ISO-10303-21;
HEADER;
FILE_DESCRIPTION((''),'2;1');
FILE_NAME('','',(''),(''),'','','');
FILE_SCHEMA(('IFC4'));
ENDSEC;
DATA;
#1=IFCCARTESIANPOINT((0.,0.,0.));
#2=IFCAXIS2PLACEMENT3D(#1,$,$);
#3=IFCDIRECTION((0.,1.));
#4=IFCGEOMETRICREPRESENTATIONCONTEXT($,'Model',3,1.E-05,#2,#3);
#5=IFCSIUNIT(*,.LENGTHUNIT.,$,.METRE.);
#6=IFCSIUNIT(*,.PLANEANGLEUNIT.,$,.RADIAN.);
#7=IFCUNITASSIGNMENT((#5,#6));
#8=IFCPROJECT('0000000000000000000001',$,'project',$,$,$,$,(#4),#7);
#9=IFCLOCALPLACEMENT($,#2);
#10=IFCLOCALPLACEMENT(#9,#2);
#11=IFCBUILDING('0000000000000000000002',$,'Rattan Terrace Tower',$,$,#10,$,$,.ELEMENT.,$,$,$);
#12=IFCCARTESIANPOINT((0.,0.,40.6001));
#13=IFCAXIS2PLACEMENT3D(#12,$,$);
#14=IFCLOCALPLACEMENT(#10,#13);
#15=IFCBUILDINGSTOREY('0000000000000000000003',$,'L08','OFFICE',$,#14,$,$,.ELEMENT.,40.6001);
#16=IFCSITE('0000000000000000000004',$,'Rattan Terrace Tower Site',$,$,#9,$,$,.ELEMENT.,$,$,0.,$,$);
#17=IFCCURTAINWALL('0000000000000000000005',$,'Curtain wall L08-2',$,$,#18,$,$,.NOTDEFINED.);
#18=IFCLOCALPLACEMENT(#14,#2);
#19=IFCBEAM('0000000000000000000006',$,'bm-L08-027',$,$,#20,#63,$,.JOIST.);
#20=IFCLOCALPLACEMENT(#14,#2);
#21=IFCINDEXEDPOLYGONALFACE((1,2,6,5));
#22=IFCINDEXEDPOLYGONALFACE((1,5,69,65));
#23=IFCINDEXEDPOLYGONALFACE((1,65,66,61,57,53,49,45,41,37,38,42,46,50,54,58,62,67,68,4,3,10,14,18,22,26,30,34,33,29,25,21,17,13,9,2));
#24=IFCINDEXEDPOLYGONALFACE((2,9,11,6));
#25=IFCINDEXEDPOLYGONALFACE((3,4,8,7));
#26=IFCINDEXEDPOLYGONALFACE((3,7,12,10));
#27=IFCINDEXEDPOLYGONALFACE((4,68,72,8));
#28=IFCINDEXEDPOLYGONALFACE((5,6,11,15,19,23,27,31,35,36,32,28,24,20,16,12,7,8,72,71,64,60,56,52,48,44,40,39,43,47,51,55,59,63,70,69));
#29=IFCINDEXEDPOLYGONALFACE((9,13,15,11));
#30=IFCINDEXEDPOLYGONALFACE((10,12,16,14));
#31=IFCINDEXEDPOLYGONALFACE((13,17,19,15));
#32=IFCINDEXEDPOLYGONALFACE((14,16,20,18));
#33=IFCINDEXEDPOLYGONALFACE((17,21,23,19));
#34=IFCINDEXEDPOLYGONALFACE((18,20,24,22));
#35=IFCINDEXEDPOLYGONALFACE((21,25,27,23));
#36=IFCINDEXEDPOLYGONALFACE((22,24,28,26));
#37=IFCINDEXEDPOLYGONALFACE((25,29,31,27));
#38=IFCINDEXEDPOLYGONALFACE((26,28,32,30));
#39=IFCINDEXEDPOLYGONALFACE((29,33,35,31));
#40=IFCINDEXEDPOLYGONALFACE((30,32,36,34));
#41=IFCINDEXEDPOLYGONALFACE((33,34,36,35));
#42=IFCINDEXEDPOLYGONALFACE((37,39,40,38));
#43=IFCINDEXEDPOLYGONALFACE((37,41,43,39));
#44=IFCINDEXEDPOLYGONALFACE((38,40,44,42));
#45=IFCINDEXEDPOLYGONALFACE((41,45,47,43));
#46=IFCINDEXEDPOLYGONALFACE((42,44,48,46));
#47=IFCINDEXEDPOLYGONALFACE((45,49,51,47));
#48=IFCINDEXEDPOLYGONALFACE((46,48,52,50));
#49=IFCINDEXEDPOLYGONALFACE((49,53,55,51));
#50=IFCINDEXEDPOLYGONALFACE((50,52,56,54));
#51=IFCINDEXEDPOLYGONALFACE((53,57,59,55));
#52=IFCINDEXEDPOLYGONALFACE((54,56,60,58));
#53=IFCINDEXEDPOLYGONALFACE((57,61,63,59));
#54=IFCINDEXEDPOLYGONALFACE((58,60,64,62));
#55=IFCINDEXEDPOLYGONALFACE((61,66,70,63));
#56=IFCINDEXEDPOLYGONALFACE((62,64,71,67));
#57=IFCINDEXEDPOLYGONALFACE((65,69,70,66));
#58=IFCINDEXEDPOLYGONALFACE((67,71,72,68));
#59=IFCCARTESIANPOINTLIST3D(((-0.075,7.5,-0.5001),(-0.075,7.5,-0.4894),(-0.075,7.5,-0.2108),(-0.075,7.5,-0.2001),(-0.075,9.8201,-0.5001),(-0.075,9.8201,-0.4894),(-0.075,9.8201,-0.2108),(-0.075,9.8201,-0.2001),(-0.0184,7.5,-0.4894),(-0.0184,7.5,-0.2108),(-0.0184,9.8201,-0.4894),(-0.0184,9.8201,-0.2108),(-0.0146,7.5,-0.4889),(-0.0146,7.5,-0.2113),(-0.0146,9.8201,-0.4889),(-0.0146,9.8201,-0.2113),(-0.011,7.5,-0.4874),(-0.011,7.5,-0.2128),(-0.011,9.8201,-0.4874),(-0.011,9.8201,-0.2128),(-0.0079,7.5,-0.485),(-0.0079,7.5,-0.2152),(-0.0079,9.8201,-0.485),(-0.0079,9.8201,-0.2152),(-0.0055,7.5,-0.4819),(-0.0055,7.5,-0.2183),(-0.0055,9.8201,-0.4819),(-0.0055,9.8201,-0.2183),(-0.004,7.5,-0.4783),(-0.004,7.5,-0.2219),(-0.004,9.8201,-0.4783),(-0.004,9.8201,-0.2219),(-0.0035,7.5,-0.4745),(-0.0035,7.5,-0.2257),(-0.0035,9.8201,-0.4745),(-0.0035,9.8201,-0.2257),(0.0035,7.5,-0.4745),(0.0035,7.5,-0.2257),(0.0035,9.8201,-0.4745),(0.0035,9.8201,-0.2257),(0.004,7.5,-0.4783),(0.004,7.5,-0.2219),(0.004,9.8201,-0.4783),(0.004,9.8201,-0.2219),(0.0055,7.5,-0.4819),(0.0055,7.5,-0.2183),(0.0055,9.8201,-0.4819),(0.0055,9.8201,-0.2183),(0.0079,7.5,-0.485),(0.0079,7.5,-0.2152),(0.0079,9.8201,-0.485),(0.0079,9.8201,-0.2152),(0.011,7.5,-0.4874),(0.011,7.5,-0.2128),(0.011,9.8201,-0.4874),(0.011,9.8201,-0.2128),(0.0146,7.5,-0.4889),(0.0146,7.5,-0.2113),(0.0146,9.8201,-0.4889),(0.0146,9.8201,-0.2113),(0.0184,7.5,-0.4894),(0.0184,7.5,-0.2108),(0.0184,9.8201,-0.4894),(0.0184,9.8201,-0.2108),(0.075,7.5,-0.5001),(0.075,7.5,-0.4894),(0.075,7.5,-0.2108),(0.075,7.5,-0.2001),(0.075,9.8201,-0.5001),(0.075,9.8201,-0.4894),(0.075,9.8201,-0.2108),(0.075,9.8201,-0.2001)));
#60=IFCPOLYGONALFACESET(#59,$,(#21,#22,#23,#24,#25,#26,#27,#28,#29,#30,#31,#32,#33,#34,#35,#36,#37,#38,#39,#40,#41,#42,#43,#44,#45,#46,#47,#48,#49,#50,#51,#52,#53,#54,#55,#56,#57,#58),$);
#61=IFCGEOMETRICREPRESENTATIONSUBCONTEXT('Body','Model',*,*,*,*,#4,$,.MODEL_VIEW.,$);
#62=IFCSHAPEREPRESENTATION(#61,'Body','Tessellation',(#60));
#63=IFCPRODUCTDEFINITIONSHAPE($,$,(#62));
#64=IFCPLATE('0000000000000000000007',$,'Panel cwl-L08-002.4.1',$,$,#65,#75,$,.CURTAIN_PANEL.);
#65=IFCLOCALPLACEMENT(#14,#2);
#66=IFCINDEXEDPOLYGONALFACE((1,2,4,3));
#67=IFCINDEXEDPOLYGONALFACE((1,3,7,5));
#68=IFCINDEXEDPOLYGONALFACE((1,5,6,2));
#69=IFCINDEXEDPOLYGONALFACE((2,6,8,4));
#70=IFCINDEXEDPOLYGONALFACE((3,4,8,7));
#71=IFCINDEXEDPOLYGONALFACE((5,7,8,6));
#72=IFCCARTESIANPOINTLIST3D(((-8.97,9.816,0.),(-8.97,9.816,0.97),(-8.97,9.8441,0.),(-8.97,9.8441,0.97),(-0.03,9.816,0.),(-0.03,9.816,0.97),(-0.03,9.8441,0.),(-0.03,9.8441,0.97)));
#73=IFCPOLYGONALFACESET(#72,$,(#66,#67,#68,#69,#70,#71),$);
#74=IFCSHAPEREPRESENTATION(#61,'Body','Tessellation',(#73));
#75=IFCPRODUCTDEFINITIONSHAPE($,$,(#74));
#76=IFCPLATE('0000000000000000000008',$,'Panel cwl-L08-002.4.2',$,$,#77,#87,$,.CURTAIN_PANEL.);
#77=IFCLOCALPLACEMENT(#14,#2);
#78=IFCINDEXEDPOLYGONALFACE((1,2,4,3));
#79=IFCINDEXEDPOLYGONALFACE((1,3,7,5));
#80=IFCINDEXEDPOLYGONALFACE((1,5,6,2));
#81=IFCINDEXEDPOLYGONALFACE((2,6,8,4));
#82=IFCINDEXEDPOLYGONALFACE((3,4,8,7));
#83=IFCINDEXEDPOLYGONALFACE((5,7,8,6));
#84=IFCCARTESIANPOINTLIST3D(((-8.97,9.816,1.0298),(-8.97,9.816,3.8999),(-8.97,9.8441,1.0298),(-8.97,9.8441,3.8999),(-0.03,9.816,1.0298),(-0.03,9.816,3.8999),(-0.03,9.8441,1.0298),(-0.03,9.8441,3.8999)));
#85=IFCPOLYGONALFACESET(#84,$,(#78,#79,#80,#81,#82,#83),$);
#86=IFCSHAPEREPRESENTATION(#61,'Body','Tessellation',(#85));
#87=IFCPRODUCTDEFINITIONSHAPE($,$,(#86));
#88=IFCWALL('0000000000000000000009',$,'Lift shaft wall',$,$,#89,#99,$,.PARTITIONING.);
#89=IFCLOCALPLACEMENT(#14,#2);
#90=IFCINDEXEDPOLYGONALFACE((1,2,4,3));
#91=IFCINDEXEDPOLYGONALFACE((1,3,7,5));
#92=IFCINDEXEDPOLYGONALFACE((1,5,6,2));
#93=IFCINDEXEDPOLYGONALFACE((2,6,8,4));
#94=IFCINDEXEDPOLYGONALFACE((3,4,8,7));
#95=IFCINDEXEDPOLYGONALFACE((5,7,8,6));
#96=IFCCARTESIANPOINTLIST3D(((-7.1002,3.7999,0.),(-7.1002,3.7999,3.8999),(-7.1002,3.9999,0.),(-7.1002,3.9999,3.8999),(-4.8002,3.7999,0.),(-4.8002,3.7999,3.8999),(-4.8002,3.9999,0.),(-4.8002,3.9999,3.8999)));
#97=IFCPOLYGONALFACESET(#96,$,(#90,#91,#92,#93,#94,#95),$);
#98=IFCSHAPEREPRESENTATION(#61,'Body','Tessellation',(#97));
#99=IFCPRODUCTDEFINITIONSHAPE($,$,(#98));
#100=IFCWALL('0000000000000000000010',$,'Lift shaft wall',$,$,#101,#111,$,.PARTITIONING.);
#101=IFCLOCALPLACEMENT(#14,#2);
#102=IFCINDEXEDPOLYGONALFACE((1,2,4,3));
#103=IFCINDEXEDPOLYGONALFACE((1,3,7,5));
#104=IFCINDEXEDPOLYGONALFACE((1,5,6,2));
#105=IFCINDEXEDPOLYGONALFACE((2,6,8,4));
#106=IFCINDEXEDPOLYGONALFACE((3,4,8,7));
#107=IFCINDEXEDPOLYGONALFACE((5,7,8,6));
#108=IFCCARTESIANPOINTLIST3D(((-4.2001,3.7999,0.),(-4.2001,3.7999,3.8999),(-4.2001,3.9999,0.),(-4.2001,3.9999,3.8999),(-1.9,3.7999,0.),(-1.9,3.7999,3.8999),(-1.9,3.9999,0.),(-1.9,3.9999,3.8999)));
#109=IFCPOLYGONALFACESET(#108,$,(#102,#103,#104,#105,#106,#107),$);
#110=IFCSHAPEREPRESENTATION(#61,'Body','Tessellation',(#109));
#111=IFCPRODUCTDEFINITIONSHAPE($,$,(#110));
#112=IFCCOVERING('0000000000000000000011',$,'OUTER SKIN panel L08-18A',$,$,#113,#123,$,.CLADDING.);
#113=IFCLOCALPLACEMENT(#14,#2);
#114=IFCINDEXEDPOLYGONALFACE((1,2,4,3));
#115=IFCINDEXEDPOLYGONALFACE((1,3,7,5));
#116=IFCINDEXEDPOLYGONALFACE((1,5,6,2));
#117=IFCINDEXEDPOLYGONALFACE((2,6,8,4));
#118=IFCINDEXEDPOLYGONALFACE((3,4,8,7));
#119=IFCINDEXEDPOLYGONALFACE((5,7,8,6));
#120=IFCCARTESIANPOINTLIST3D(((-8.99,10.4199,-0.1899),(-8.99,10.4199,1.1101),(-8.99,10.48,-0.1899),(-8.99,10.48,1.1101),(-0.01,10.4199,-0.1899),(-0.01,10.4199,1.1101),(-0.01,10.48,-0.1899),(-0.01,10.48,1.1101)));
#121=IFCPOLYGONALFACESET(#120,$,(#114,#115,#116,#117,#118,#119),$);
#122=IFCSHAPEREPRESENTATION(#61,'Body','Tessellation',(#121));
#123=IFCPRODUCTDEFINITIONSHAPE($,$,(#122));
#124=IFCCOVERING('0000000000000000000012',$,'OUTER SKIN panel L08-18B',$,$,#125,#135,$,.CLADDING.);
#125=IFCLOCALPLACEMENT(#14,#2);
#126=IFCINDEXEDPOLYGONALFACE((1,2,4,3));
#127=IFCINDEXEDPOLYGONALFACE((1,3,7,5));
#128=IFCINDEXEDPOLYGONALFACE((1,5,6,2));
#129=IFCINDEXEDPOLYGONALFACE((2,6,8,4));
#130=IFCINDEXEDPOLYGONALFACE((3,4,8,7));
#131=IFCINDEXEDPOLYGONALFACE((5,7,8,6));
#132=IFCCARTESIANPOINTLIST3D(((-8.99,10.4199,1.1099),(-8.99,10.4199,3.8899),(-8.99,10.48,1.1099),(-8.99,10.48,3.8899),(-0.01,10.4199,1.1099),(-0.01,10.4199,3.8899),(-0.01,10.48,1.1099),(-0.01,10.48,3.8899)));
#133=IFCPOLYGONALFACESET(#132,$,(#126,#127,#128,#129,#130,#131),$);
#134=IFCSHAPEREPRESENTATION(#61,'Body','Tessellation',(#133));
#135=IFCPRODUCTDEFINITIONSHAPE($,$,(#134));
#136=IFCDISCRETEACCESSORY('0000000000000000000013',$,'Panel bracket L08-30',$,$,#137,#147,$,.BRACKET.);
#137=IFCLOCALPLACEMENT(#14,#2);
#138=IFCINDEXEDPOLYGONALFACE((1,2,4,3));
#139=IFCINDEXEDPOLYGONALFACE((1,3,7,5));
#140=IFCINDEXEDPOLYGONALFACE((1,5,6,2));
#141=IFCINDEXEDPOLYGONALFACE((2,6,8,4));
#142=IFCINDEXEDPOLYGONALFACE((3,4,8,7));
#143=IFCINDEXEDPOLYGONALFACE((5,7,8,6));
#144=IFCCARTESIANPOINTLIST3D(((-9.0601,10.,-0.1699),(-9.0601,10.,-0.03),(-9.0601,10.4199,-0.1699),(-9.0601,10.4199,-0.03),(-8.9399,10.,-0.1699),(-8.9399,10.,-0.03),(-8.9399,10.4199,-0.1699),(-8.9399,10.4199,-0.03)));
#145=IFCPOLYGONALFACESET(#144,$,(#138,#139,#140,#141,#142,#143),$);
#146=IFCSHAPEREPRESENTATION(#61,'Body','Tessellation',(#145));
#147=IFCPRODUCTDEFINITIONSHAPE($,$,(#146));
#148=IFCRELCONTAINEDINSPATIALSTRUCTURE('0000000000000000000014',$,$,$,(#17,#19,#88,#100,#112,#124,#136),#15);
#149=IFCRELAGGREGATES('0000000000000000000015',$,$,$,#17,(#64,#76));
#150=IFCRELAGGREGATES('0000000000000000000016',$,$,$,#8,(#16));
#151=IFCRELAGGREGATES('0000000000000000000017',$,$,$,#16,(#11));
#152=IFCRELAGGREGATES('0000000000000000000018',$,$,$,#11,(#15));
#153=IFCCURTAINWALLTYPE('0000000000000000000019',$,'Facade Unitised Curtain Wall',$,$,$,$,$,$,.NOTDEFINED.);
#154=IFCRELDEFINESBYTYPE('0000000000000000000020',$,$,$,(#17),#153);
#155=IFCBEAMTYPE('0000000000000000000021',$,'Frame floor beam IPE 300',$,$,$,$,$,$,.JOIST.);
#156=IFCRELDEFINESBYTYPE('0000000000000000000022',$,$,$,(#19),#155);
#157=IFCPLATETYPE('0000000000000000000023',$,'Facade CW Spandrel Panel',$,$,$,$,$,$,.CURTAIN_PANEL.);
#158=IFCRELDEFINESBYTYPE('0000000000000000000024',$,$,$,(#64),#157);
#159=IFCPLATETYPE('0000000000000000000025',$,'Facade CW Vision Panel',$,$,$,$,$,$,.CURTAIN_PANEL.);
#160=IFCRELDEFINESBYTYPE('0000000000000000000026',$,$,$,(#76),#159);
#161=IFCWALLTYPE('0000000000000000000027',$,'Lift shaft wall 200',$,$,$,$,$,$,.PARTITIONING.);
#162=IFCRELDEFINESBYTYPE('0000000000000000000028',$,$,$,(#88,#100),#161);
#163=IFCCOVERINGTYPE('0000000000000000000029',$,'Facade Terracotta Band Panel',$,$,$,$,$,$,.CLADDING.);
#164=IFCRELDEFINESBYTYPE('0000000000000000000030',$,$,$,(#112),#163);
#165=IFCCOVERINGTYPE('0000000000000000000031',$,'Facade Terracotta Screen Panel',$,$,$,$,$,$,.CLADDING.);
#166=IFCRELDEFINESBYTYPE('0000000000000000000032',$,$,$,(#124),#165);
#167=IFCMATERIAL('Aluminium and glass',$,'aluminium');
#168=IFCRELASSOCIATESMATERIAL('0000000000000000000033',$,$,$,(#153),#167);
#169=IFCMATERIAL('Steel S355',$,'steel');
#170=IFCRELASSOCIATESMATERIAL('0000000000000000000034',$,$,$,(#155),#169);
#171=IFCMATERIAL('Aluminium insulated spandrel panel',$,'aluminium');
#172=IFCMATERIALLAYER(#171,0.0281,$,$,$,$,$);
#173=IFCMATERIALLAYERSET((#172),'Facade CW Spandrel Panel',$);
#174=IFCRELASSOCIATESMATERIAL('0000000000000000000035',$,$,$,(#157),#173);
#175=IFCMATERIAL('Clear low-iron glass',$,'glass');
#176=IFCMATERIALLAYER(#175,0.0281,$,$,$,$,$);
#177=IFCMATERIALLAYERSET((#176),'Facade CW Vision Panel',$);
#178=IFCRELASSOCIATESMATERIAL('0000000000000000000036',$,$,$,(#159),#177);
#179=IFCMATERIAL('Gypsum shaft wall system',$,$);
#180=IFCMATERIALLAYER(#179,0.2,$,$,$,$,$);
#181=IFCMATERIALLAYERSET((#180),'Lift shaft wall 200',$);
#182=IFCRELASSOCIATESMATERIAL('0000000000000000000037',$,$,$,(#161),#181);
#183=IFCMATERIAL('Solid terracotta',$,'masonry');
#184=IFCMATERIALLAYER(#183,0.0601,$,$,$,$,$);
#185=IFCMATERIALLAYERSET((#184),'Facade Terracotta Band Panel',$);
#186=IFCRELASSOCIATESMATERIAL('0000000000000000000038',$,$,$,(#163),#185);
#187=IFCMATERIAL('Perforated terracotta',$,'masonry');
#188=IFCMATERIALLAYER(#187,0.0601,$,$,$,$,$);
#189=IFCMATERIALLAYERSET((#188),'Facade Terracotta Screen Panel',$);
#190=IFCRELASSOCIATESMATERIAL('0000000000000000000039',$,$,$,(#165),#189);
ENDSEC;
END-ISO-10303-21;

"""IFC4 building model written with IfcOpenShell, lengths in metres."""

from ifc_helpers import new_model, si_unit, direction, frame, frame_2d, origin, origin_2d, place, context, subcontext, project, spatial, rectangle, i_section, extrude, material, layer, layer_set, material_profile, profile_set, type_object, element, aggregate, save


model = new_model("IFC4")

# Units and contexts
model_context = context("Model", 3, precision=1e-05, world=origin(), true_north=direction((0.0, 1.0)))
body_context = subcontext(model_context, "Body", "Model", "MODEL_VIEW")
ifc_project = project(units=[si_unit("LENGTHUNIT", "METRE"), si_unit("PLANEANGLEUNIT", "RADIAN")], contexts=[model_context])

# Site, building, storey
site_placement = place(None, origin())
site = spatial("IfcSite", under=ifc_project, at=site_placement, Name="Rattan Terrace Tower Site", CompositionType="ELEMENT", RefElevation=0.0)
building_placement = place(site_placement, origin())
building = spatial("IfcBuilding", under=site, at=building_placement, Name="Rattan Terrace Tower", CompositionType="ELEMENT")
storey_placement = place(building_placement, frame((0.0, 0.0, 40.6001)))
storey = spatial("IfcBuildingStorey", under=building, at=storey_placement, Name="L08", Description="OFFICE", CompositionType="ELEMENT", Elevation=40.6001)

# Curtain wall
ifc_material_1 = material(Name="Aluminium and glass", Category="aluminium")
curtain_wall_type = type_object("IfcCurtainWallType", Name="Facade Unitised Curtain Wall", PredefinedType="NOTDEFINED", material=ifc_material_1)
curtain_wall_placement = place(storey_placement, origin())
curtain_wall = element("IfcCurtainWall", 1, at=curtain_wall_placement, inside=storey, type_object=curtain_wall_type, Name="Curtain wall L08-2", PredefinedType="NOTDEFINED")

# Beam
ifc_material_2 = material(Name="Steel S355", Category="steel")
ifc_material_profile_1 = material_profile(ifc_material_2, i_section(OverallWidth=0.1499, OverallDepth=0.3, WebThickness=0.0071, FlangeThickness=0.0107, FilletRadius=0.0149, at=origin_2d()), Name="IPE 300")
ifc_profile_set_1 = profile_set([ifc_material_profile_1], Name="Steel S355")
beam_type_1 = type_object("IfcBeamType", Name="Frame floor beam IPE 300", PredefinedType="JOIST", material=ifc_profile_set_1)
for number, where, z_axis, x_axis, name in (
    (2, (0.0, 7.5, -0.3501), (0.0, 1.0, 0.0), (-1.0, 0.0, 0.0), "bm-L08-027"),
):
    element("IfcBeam", number, at=place(storey_placement, frame(where, z_axis=z_axis, x_axis=x_axis)), inside=storey, type_object=beam_type_1, Name=name, PredefinedType="JOIST", context=body_context, shape_type="SweptSolid", body=[
        extrude(i_section(OverallWidth=0.1499, OverallDepth=0.3, WebThickness=0.0071, FlangeThickness=0.0107, FilletRadius=0.0149, at=origin_2d()), origin(), (0.0, 0.0, 1.0), 2.3201),
    ])

# Plates
ifc_material_3 = material(Name="Aluminium insulated spandrel panel", Category="aluminium")
ifc_layer_1 = layer(ifc_material_3, 0.0281)
ifc_layer_set_1 = layer_set([ifc_layer_1], Name="Facade CW Spandrel Panel")
plate_type_1 = type_object("IfcPlateType", Name="Facade CW Spandrel Panel", PredefinedType="CURTAIN_PANEL", material=ifc_layer_set_1)
plate_1_placement = place(storey_placement, frame((-4.5, 9.8301, 0.0), z_axis=(0.0, 0.0, 1.0), x_axis=(-1.0, 0.0, 0.0)))
plate_1 = element("IfcPlate", 3, at=plate_1_placement, type_object=plate_type_1, Name="Panel cwl-L08-002.4.1", PredefinedType="CURTAIN_PANEL", context=body_context, shape_type="SweptSolid", body=[
    extrude(rectangle(XDim=8.9399, YDim=0.0281, at=origin_2d()), origin(), (0.0, 0.0, 1.0), 0.97),
])
ifc_material_4 = material(Name="Clear low-iron glass", Category="glass")
ifc_layer_2 = layer(ifc_material_4, 0.0281)
ifc_layer_set_2 = layer_set([ifc_layer_2], Name="Facade CW Vision Panel")
plate_type_2 = type_object("IfcPlateType", Name="Facade CW Vision Panel", PredefinedType="CURTAIN_PANEL", material=ifc_layer_set_2)
plate_2_placement = place(storey_placement, frame((-4.5, 9.8301, 1.0298), z_axis=(0.0, 0.0, 1.0), x_axis=(-1.0, 0.0, 0.0)))
plate_2 = element("IfcPlate", 4, at=plate_2_placement, type_object=plate_type_2, Name="Panel cwl-L08-002.4.2", PredefinedType="CURTAIN_PANEL", context=body_context, shape_type="SweptSolid", body=[
    extrude(rectangle(XDim=8.9399, YDim=0.0281, at=origin_2d()), origin(), (0.0, 0.0, 1.0), 2.8701),
])
aggregate(curtain_wall, [plate_1, plate_2])

# Walls
ifc_material_5 = material(Name="Gypsum shaft wall system")
ifc_layer_3 = layer(ifc_material_5, 0.2)
ifc_layer_set_3 = layer_set([ifc_layer_3], Name="Lift shaft wall 200")
wall_type = type_object("IfcWallType", Name="Lift shaft wall 200", PredefinedType="PARTITIONING", material=ifc_layer_set_3)
for number, where, z_axis, x_axis, name in (
    (5, (-7.1001, 3.8999, 0.0), (0.0, 0.0, 1.0), (1.0, 0.0, 0.0), "Lift shaft wall"),
    (6, (-4.2, 3.8999, 0.0), (0.0, 0.0, 1.0), (1.0, 0.0, 0.0), "Lift shaft wall"),
):
    element("IfcWall", number, at=place(storey_placement, frame(where, z_axis=z_axis, x_axis=x_axis)), inside=storey, type_object=wall_type, Name=name, PredefinedType="PARTITIONING", context=body_context, shape_type="SweptSolid", body=[
        extrude(rectangle(XDim=2.3, YDim=0.2, at=frame_2d((1.1499, 0.0))), origin(), (0.0, 0.0, 1.0), 3.8999),
    ])

# Coverings
ifc_material_6 = material(Name="Solid terracotta", Category="masonry")
ifc_layer_4 = layer(ifc_material_6, 0.0601)
ifc_layer_set_4 = layer_set([ifc_layer_4], Name="Facade Terracotta Band Panel")
covering_type_1 = type_object("IfcCoveringType", Name="Facade Terracotta Band Panel", PredefinedType="CLADDING", material=ifc_layer_set_4)
covering_1_placement = place(storey_placement, frame((-4.5, 10.45, -0.1899), z_axis=(0.0, 0.0, 1.0), x_axis=(-1.0, 0.0, 0.0)))
element("IfcCovering", 7, at=covering_1_placement, inside=storey, type_object=covering_type_1, Name="OUTER SKIN panel L08-18A", PredefinedType="CLADDING", context=body_context, shape_type="SweptSolid", body=[
    extrude(rectangle(XDim=8.98, YDim=0.0601, at=origin_2d()), origin(), (0.0, 0.0, 1.0), 1.3),
])
ifc_material_7 = material(Name="Perforated terracotta", Category="masonry")
ifc_layer_5 = layer(ifc_material_7, 0.0601)
ifc_layer_set_5 = layer_set([ifc_layer_5], Name="Facade Terracotta Screen Panel")
covering_type_2 = type_object("IfcCoveringType", Name="Facade Terracotta Screen Panel", PredefinedType="CLADDING", material=ifc_layer_set_5)
covering_2_placement = place(storey_placement, frame((-4.5, 10.45, 1.1099), z_axis=(0.0, 0.0, 1.0), x_axis=(-1.0, 0.0, 0.0)))
element("IfcCovering", 8, at=covering_2_placement, inside=storey, type_object=covering_type_2, Name="OUTER SKIN panel L08-18B", PredefinedType="CLADDING", context=body_context, shape_type="SweptSolid", body=[
    extrude(rectangle(XDim=8.98, YDim=0.0601, at=origin_2d()), origin(), (0.0, 0.0, 1.0), 2.78),
])

# Discrete accessory
discrete_accessory_placement = place(storey_placement, frame((-9.0, 10.21, -0.1699), z_axis=(0.0, 0.0, 1.0), x_axis=(-1.0, 0.0, 0.0)))
element("IfcDiscreteAccessory", 9, at=discrete_accessory_placement, inside=storey, Name="Panel bracket L08-30", PredefinedType="BRACKET", context=body_context, shape_type="SweptSolid", body=[
    extrude(rectangle(XDim=0.1201, YDim=0.4199, at=origin_2d()), origin(), (0.0, 0.0, 1.0), 0.1399),
])

save(model, "model.ifc")
